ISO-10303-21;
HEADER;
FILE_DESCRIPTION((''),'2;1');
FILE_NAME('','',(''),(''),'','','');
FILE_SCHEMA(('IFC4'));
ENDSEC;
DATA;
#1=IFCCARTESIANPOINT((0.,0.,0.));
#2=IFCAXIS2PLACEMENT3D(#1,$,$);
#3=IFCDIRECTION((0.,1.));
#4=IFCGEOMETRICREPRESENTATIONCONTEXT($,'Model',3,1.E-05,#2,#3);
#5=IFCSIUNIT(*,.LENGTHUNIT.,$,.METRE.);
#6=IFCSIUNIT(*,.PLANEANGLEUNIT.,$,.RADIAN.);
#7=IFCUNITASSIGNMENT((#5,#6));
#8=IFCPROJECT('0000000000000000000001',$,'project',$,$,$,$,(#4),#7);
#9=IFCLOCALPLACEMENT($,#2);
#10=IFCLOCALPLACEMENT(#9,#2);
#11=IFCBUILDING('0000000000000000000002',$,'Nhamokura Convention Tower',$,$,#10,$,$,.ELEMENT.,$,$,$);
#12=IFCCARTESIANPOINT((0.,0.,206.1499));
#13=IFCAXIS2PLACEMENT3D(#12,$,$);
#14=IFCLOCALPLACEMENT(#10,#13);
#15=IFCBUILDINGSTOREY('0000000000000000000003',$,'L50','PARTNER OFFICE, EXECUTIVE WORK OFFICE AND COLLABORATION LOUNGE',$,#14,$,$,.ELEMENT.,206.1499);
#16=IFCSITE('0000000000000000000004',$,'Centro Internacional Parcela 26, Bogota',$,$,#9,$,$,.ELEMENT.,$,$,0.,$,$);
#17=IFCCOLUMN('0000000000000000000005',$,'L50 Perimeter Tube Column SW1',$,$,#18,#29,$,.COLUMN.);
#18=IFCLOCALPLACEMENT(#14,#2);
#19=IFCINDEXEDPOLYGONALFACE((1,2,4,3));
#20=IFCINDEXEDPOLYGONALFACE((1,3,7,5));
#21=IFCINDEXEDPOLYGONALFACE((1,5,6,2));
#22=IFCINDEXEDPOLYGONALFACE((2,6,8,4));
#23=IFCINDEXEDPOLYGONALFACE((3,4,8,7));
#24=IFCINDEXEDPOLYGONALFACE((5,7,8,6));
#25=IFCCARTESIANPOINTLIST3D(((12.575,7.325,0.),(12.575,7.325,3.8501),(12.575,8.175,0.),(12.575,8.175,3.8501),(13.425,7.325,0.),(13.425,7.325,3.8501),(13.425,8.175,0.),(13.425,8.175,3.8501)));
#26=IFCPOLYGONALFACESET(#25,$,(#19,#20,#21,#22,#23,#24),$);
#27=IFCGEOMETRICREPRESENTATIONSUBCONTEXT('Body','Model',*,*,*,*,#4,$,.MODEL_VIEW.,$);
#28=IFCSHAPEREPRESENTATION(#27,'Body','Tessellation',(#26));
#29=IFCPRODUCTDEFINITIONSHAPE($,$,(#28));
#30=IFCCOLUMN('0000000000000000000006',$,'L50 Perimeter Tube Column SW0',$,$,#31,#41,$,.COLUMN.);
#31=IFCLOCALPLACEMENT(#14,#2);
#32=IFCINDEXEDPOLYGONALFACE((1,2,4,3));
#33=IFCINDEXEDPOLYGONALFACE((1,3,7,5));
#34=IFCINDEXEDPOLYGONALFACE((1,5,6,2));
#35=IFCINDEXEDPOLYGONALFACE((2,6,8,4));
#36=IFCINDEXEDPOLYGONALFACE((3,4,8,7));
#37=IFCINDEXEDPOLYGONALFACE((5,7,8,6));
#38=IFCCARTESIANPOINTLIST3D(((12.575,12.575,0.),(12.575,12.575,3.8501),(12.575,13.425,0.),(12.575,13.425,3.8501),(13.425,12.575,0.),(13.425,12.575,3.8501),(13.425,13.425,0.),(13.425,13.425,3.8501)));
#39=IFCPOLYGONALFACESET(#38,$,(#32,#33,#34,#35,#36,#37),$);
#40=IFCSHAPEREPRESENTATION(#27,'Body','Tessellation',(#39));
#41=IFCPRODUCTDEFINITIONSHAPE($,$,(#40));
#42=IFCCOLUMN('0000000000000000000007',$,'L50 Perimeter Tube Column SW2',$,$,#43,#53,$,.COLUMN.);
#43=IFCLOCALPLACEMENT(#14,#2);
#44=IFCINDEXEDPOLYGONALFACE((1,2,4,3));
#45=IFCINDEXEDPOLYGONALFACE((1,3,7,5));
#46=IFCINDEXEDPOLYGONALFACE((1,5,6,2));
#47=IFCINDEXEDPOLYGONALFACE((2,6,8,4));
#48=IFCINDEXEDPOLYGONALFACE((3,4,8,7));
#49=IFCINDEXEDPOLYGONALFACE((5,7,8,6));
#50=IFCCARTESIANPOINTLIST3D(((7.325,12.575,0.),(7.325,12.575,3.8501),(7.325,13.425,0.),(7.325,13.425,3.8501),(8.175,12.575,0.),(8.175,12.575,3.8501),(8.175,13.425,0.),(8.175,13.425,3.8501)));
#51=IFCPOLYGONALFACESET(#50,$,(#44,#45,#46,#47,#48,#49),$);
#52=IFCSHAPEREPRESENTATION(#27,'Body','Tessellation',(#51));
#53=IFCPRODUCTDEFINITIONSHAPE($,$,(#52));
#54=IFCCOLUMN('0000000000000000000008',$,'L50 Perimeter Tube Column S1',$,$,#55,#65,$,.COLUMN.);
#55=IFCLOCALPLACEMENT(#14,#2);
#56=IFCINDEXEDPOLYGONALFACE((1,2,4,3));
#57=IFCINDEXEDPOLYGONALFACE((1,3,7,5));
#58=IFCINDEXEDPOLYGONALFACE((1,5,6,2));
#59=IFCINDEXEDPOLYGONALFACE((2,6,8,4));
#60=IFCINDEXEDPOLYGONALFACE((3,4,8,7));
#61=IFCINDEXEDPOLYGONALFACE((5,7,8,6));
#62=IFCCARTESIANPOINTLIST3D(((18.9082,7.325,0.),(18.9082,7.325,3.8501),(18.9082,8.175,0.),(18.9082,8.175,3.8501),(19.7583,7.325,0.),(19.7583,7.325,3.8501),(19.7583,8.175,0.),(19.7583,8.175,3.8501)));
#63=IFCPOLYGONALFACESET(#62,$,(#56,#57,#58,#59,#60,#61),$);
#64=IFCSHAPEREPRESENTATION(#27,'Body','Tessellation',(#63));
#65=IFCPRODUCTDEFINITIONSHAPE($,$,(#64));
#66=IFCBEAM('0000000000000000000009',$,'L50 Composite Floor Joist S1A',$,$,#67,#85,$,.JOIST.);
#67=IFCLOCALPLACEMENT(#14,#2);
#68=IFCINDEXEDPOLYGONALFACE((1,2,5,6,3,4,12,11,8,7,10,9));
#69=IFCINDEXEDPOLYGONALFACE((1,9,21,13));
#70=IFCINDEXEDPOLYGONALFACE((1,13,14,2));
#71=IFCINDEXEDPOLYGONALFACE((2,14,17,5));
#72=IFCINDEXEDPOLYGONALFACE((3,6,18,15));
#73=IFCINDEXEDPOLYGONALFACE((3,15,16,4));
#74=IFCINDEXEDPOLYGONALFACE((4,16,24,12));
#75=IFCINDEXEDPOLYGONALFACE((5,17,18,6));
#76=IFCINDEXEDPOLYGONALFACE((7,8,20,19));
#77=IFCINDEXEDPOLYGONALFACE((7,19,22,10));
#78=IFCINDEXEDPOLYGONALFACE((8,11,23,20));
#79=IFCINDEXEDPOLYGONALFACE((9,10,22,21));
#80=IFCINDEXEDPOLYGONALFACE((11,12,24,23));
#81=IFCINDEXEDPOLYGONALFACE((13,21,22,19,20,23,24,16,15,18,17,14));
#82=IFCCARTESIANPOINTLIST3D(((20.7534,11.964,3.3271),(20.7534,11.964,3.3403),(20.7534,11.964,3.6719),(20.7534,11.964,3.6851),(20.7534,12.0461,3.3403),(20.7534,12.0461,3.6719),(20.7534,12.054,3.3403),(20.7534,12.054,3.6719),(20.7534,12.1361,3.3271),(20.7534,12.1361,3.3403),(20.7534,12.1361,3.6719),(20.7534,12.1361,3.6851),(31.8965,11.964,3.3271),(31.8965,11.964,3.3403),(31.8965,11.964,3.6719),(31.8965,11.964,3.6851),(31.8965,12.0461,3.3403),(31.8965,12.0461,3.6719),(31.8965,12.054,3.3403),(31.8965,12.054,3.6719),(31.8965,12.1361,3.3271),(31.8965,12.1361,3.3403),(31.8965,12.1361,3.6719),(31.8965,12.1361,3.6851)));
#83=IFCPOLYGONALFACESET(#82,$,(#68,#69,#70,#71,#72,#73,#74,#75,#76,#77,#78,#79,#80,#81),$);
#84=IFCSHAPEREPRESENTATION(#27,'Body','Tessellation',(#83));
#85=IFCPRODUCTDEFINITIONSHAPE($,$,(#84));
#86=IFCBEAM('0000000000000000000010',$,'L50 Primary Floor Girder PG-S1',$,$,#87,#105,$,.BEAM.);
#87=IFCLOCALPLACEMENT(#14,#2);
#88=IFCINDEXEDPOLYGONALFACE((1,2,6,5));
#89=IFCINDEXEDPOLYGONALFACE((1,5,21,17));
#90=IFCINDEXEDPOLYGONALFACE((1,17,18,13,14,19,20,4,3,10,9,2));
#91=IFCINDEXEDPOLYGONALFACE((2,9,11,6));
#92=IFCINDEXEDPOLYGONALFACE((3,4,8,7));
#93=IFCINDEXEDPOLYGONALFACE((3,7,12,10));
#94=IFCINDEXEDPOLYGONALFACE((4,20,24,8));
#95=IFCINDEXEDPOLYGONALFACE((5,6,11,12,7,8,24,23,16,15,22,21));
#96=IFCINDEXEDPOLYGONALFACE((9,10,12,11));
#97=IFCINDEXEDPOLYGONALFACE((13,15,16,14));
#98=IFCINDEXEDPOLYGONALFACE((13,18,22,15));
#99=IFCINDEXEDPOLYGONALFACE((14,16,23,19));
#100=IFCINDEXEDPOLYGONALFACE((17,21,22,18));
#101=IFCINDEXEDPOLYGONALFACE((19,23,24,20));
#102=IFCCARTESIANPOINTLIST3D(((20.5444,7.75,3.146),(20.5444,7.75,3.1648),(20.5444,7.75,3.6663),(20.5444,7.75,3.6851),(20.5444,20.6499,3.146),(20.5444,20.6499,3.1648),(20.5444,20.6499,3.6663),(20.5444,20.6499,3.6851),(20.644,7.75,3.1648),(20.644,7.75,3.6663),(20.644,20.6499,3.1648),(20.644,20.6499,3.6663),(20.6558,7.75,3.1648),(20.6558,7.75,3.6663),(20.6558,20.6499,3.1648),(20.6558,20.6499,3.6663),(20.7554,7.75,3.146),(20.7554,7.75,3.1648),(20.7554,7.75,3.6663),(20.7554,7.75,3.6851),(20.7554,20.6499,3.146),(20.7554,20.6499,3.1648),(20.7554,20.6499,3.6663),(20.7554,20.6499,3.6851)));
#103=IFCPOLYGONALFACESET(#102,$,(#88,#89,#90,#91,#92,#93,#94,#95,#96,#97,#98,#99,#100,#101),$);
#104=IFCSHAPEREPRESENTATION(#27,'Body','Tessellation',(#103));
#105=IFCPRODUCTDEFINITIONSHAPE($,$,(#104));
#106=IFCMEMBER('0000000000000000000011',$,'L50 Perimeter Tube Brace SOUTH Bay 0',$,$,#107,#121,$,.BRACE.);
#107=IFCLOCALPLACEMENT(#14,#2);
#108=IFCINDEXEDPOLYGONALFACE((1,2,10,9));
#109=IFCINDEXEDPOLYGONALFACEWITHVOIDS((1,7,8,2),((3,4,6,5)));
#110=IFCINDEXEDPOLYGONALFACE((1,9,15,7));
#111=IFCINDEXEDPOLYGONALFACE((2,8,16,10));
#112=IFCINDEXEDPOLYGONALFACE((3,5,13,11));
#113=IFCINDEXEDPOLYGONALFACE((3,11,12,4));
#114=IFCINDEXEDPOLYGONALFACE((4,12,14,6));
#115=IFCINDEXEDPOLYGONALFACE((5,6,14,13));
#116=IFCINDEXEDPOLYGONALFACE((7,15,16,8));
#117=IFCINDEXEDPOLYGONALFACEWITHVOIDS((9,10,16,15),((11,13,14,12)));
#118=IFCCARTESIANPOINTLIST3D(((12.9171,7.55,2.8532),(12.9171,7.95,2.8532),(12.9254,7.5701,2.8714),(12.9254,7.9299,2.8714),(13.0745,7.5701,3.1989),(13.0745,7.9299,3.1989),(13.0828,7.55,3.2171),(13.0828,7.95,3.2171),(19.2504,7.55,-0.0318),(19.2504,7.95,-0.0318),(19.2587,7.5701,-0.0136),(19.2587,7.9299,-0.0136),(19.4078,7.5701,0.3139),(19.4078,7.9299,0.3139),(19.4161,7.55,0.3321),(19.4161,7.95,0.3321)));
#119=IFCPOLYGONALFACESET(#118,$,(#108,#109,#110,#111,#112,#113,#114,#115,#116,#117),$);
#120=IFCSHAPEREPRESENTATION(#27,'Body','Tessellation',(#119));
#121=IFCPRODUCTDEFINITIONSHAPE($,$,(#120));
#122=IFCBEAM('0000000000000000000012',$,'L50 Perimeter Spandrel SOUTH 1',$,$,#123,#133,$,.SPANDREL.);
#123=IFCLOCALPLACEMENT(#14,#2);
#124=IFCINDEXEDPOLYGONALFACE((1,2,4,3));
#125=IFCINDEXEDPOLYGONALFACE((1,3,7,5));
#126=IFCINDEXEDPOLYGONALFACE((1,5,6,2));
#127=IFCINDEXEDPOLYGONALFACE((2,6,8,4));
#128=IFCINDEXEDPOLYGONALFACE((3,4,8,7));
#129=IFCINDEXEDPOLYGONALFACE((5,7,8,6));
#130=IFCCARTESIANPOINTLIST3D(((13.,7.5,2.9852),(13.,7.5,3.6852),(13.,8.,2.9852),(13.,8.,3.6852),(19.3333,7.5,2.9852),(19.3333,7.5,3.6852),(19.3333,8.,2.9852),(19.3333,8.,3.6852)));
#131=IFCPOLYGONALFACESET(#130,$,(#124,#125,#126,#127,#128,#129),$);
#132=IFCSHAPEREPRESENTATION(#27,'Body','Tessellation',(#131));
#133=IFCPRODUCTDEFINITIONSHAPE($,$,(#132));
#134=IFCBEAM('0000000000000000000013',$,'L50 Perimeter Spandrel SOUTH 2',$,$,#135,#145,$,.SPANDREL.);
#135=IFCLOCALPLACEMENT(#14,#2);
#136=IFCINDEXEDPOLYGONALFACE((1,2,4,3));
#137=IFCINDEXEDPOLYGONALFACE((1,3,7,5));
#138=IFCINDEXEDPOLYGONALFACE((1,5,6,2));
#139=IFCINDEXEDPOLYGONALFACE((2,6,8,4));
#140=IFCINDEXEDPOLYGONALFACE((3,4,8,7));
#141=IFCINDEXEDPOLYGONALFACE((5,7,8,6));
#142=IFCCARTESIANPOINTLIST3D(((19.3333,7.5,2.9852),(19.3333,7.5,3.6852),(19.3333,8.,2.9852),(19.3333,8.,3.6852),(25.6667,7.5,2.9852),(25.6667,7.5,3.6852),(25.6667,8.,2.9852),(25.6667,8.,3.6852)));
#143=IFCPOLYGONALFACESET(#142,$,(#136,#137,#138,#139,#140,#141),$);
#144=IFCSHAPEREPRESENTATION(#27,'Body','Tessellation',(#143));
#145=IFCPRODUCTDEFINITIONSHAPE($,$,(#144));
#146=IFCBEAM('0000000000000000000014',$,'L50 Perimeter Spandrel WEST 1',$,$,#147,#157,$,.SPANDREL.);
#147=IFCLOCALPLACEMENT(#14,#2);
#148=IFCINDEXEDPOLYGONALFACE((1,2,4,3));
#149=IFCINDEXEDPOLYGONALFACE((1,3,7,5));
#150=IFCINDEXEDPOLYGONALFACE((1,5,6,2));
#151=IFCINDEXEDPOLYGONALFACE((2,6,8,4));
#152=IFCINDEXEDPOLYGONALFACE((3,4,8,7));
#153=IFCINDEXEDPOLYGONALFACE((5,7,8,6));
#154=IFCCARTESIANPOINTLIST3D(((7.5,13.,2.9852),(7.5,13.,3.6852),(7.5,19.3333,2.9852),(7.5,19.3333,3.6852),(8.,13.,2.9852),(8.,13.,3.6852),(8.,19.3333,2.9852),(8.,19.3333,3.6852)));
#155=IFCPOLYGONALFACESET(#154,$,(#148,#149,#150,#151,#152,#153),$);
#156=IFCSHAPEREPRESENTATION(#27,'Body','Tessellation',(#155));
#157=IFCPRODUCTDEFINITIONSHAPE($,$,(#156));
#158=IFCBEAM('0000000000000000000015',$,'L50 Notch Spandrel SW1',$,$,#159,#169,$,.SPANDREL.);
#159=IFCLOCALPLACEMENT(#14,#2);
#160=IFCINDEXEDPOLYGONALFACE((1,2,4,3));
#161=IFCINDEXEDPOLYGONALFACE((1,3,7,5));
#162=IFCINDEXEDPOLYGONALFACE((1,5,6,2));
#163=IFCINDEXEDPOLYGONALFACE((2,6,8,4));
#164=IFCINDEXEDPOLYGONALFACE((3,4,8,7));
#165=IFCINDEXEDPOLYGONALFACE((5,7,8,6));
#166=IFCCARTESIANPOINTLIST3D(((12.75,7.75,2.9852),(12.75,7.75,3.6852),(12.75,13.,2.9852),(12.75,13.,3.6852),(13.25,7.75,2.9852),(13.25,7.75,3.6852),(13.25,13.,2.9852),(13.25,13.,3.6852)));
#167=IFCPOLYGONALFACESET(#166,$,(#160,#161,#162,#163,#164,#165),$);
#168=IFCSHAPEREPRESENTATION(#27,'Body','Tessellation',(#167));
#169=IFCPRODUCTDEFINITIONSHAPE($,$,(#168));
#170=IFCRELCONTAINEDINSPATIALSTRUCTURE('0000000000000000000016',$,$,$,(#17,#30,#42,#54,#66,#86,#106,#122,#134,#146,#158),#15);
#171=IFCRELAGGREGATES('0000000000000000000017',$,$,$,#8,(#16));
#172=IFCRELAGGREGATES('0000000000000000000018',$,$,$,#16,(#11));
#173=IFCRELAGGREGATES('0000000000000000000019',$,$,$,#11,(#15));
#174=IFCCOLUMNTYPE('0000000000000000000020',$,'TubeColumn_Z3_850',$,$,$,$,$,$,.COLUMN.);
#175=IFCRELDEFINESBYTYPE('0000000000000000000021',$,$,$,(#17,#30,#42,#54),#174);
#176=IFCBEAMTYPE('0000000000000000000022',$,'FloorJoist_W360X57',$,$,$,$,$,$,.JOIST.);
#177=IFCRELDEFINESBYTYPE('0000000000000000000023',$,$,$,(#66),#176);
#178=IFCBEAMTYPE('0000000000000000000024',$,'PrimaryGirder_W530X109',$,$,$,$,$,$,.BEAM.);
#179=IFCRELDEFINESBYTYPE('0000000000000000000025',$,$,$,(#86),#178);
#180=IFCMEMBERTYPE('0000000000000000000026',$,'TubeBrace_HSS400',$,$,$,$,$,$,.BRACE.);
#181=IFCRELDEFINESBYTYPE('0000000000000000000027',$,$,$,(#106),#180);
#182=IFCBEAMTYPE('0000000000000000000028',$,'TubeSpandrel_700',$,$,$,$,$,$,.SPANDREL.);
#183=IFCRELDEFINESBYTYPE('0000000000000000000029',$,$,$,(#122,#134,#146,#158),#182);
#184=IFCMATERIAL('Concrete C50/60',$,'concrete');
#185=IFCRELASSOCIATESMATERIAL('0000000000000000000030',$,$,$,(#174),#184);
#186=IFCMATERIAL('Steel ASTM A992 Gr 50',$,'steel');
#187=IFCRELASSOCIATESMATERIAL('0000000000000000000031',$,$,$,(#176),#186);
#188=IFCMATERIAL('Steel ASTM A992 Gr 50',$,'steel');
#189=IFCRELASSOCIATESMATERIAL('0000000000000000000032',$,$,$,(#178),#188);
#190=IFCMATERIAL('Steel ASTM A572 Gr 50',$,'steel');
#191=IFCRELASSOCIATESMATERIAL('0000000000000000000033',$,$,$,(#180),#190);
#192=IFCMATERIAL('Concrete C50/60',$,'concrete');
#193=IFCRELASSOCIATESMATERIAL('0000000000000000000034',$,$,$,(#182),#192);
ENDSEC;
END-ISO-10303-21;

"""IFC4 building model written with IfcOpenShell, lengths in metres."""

from ifc_helpers import new_model, si_unit, direction, frame, origin, origin_2d, place, context, subcontext, project, spatial, rectangle, hollow_rectangle, i_section, extrude, material, material_profile, profile_set, type_object, element, save


model = new_model("IFC4")

# Units and contexts
model_context = context("Model", 3, precision=1e-05, world=origin(), true_north=direction((0.0, 1.0)))
body_context = subcontext(model_context, "Body", "Model", "MODEL_VIEW")
ifc_project = project(units=[si_unit("LENGTHUNIT", "METRE"), si_unit("PLANEANGLEUNIT", "RADIAN")], contexts=[model_context])

# Site, building, storey
site_placement = place(None, origin())
site = spatial("IfcSite", under=ifc_project, at=site_placement, Name="Centro Internacional Parcela 26, Bogota", CompositionType="ELEMENT", RefElevation=0.0)
building_placement = place(site_placement, origin())
building = spatial("IfcBuilding", under=site, at=building_placement, Name="Nhamokura Convention Tower", CompositionType="ELEMENT")
storey_placement = place(building_placement, frame((0.0, 0.0, 206.1499)))
storey = spatial("IfcBuildingStorey", under=building, at=storey_placement, Name="L50", Description="PARTNER OFFICE, EXECUTIVE WORK OFFICE AND COLLABORATION LOUNGE", CompositionType="ELEMENT", Elevation=206.1499)

# Columns
ifc_material_1 = material(Name="Concrete C50/60", Category="concrete")
ifc_material_profile_1 = material_profile(ifc_material_1, rectangle(XDim=0.8501, YDim=0.8501, at=origin_2d()))
ifc_profile_set_1 = profile_set([ifc_material_profile_1], Name="Concrete C50/60")
column_type = type_object("IfcColumnType", Name="TubeColumn_Z3_850", PredefinedType="COLUMN", material=ifc_profile_set_1)
for number, where, z_axis, x_axis, name in (
    (1, (13.0, 7.75, 0.0), (0.0, 0.0, 1.0), (1.0, 0.0, 0.0), "L50 Perimeter Tube Column SW1"),
    (2, (13.0, 13.0, 0.0), (0.0, 0.0, 1.0), (1.0, 0.0, 0.0), "L50 Perimeter Tube Column SW0"),
    (3, (7.75, 13.0, 0.0), (0.0, 0.0, 1.0), (1.0, 0.0, 0.0), "L50 Perimeter Tube Column SW2"),
    (4, (19.3333, 7.75, 0.0), (0.0, 0.0, 1.0), (1.0, 0.0, 0.0), "L50 Perimeter Tube Column S1"),
):
    element("IfcColumn", number, at=place(storey_placement, frame(where, z_axis=z_axis, x_axis=x_axis)), inside=storey, type_object=column_type, Name=name, PredefinedType="COLUMN", context=body_context, shape_type="SweptSolid", body=[
        extrude(rectangle(XDim=0.8501, YDim=0.8501, at=origin_2d()), origin(), (0.0, 0.0, 1.0), 3.8501),
    ])

# Beams
ifc_material_2 = material(Name="Steel ASTM A992 Gr 50", Category="steel")
ifc_material_profile_2 = material_profile(ifc_material_2, i_section(OverallWidth=0.1721, OverallDepth=0.3579, WebThickness=0.0078, FlangeThickness=0.0132, at=origin_2d()))
ifc_profile_set_2 = profile_set([ifc_material_profile_2], Name="Steel ASTM A992 Gr 50")
beam_type_1 = type_object("IfcBeamType", Name="FloorJoist_W360X57", PredefinedType="JOIST", material=ifc_profile_set_2)
beam_1_placement = place(storey_placement, frame((20.7534, 12.05, 3.5061), z_axis=(1.0, 0.0, 0.0), x_axis=(0.0, 1.0, 0.0)))
element("IfcBeam", 5, at=beam_1_placement, inside=storey, type_object=beam_type_1, Name="L50 Composite Floor Joist S1A", PredefinedType="JOIST", context=body_context, shape_type="SweptSolid", body=[
    extrude(i_section(OverallWidth=0.1721, OverallDepth=0.3579, WebThickness=0.0078, FlangeThickness=0.0132, at=origin_2d()), origin(), (0.0, 0.0, 1.0), 11.1431),
])
ifc_material_3 = material(Name="Steel ASTM A992 Gr 50", Category="steel")
ifc_material_profile_3 = material_profile(ifc_material_3, i_section(OverallWidth=0.2109, OverallDepth=0.5391, WebThickness=0.0117, FlangeThickness=0.0188, at=origin_2d()))
ifc_profile_set_3 = profile_set([ifc_material_profile_3], Name="Steel ASTM A992 Gr 50")
beam_type_2 = type_object("IfcBeamType", Name="PrimaryGirder_W530X109", PredefinedType="BEAM", material=ifc_profile_set_3)
beam_2_placement = place(storey_placement, frame((20.6499, 7.75, 3.4155), z_axis=(0.0, 1.0, 0.0), x_axis=(-1.0, 0.0, 0.0)))
element("IfcBeam", 6, at=beam_2_placement, inside=storey, type_object=beam_type_2, Name="L50 Primary Floor Girder PG-S1", PredefinedType="BEAM", context=body_context, shape_type="SweptSolid", body=[
    extrude(i_section(OverallWidth=0.2109, OverallDepth=0.5391, WebThickness=0.0117, FlangeThickness=0.0188, at=origin_2d()), origin(), (0.0, 0.0, 1.0), 12.8999),
])

# Member
ifc_material_4 = material(Name="Steel ASTM A572 Gr 50", Category="steel")
ifc_material_profile_4 = material_profile(ifc_material_4, hollow_rectangle(XDim=0.3999, YDim=0.3999, WallThickness=0.02, at=origin_2d()))
ifc_profile_set_4 = profile_set([ifc_material_profile_4], Name="Steel ASTM A572 Gr 50")
member_type = type_object("IfcMemberType", Name="TubeBrace_HSS400", PredefinedType="BRACE", material=ifc_profile_set_4)
member_placement = place(storey_placement, frame((19.3333, 7.75, 0.1501), z_axis=(-0.910027, 0.0, 0.414548), x_axis=(0.0, -1.0, 0.0)))
element("IfcMember", 7, at=member_placement, inside=storey, type_object=member_type, Name="L50 Perimeter Tube Brace SOUTH Bay 0", PredefinedType="BRACE", context=body_context, shape_type="SweptSolid", body=[
    extrude(hollow_rectangle(XDim=0.3999, YDim=0.3999, WallThickness=0.02, at=origin_2d()), origin(), (0.0, 0.0, 1.0), 6.9595),
])

# Beams
ifc_material_5 = material(Name="Concrete C50/60", Category="concrete")
ifc_material_profile_5 = material_profile(ifc_material_5, rectangle(XDim=0.5, YDim=0.7, at=origin_2d()))
ifc_profile_set_5 = profile_set([ifc_material_profile_5], Name="Concrete C50/60")
beam_type_3 = type_object("IfcBeamType", Name="TubeSpandrel_700", PredefinedType="SPANDREL", material=ifc_profile_set_5)
beam_3_placement = place(storey_placement, frame((13.0, 7.75, 3.3352), z_axis=(1.0, 0.0, 0.0), x_axis=(0.0, 1.0, 0.0)))
element("IfcBeam", 8, at=beam_3_placement, inside=storey, type_object=beam_type_3, Name="L50 Perimeter Spandrel SOUTH 1", PredefinedType="SPANDREL", context=body_context, shape_type="SweptSolid", body=[
    extrude(rectangle(XDim=0.5, YDim=0.7, at=origin_2d()), origin(), (0.0, 0.0, 1.0), 6.3333),
])
beam_4_placement = place(storey_placement, frame((19.3333, 7.75, 3.3352), z_axis=(1.0, 0.0, 0.0), x_axis=(0.0, 1.0, 0.0)))
element("IfcBeam", 9, at=beam_4_placement, inside=storey, type_object=beam_type_3, Name="L50 Perimeter Spandrel SOUTH 2", PredefinedType="SPANDREL", context=body_context, shape_type="SweptSolid", body=[
    extrude(rectangle(XDim=0.5, YDim=0.7, at=origin_2d()), origin(), (0.0, 0.0, 1.0), 6.3335),
])
beam_5_placement = place(storey_placement, frame((7.75, 13.0, 3.3352), z_axis=(0.0, 1.0, 0.0), x_axis=(-1.0, 0.0, 0.0)))
element("IfcBeam", 10, at=beam_5_placement, inside=storey, type_object=beam_type_3, Name="L50 Perimeter Spandrel WEST 1", PredefinedType="SPANDREL", context=body_context, shape_type="SweptSolid", body=[
    extrude(rectangle(XDim=0.5, YDim=0.7, at=origin_2d()), origin(), (0.0, 0.0, 1.0), 6.3333),
])
beam_6_placement = place(storey_placement, frame((13.0, 7.75, 3.3352), z_axis=(0.0, 1.0, 0.0), x_axis=(-1.0, 0.0, 0.0)))
element("IfcBeam", 11, at=beam_6_placement, inside=storey, type_object=beam_type_3, Name="L50 Notch Spandrel SW1", PredefinedType="SPANDREL", context=body_context, shape_type="SweptSolid", body=[
    extrude(rectangle(XDim=0.5, YDim=0.7, at=origin_2d()), origin(), (0.0, 0.0, 1.0), 5.25),
])

save(model, "model.ifc")
